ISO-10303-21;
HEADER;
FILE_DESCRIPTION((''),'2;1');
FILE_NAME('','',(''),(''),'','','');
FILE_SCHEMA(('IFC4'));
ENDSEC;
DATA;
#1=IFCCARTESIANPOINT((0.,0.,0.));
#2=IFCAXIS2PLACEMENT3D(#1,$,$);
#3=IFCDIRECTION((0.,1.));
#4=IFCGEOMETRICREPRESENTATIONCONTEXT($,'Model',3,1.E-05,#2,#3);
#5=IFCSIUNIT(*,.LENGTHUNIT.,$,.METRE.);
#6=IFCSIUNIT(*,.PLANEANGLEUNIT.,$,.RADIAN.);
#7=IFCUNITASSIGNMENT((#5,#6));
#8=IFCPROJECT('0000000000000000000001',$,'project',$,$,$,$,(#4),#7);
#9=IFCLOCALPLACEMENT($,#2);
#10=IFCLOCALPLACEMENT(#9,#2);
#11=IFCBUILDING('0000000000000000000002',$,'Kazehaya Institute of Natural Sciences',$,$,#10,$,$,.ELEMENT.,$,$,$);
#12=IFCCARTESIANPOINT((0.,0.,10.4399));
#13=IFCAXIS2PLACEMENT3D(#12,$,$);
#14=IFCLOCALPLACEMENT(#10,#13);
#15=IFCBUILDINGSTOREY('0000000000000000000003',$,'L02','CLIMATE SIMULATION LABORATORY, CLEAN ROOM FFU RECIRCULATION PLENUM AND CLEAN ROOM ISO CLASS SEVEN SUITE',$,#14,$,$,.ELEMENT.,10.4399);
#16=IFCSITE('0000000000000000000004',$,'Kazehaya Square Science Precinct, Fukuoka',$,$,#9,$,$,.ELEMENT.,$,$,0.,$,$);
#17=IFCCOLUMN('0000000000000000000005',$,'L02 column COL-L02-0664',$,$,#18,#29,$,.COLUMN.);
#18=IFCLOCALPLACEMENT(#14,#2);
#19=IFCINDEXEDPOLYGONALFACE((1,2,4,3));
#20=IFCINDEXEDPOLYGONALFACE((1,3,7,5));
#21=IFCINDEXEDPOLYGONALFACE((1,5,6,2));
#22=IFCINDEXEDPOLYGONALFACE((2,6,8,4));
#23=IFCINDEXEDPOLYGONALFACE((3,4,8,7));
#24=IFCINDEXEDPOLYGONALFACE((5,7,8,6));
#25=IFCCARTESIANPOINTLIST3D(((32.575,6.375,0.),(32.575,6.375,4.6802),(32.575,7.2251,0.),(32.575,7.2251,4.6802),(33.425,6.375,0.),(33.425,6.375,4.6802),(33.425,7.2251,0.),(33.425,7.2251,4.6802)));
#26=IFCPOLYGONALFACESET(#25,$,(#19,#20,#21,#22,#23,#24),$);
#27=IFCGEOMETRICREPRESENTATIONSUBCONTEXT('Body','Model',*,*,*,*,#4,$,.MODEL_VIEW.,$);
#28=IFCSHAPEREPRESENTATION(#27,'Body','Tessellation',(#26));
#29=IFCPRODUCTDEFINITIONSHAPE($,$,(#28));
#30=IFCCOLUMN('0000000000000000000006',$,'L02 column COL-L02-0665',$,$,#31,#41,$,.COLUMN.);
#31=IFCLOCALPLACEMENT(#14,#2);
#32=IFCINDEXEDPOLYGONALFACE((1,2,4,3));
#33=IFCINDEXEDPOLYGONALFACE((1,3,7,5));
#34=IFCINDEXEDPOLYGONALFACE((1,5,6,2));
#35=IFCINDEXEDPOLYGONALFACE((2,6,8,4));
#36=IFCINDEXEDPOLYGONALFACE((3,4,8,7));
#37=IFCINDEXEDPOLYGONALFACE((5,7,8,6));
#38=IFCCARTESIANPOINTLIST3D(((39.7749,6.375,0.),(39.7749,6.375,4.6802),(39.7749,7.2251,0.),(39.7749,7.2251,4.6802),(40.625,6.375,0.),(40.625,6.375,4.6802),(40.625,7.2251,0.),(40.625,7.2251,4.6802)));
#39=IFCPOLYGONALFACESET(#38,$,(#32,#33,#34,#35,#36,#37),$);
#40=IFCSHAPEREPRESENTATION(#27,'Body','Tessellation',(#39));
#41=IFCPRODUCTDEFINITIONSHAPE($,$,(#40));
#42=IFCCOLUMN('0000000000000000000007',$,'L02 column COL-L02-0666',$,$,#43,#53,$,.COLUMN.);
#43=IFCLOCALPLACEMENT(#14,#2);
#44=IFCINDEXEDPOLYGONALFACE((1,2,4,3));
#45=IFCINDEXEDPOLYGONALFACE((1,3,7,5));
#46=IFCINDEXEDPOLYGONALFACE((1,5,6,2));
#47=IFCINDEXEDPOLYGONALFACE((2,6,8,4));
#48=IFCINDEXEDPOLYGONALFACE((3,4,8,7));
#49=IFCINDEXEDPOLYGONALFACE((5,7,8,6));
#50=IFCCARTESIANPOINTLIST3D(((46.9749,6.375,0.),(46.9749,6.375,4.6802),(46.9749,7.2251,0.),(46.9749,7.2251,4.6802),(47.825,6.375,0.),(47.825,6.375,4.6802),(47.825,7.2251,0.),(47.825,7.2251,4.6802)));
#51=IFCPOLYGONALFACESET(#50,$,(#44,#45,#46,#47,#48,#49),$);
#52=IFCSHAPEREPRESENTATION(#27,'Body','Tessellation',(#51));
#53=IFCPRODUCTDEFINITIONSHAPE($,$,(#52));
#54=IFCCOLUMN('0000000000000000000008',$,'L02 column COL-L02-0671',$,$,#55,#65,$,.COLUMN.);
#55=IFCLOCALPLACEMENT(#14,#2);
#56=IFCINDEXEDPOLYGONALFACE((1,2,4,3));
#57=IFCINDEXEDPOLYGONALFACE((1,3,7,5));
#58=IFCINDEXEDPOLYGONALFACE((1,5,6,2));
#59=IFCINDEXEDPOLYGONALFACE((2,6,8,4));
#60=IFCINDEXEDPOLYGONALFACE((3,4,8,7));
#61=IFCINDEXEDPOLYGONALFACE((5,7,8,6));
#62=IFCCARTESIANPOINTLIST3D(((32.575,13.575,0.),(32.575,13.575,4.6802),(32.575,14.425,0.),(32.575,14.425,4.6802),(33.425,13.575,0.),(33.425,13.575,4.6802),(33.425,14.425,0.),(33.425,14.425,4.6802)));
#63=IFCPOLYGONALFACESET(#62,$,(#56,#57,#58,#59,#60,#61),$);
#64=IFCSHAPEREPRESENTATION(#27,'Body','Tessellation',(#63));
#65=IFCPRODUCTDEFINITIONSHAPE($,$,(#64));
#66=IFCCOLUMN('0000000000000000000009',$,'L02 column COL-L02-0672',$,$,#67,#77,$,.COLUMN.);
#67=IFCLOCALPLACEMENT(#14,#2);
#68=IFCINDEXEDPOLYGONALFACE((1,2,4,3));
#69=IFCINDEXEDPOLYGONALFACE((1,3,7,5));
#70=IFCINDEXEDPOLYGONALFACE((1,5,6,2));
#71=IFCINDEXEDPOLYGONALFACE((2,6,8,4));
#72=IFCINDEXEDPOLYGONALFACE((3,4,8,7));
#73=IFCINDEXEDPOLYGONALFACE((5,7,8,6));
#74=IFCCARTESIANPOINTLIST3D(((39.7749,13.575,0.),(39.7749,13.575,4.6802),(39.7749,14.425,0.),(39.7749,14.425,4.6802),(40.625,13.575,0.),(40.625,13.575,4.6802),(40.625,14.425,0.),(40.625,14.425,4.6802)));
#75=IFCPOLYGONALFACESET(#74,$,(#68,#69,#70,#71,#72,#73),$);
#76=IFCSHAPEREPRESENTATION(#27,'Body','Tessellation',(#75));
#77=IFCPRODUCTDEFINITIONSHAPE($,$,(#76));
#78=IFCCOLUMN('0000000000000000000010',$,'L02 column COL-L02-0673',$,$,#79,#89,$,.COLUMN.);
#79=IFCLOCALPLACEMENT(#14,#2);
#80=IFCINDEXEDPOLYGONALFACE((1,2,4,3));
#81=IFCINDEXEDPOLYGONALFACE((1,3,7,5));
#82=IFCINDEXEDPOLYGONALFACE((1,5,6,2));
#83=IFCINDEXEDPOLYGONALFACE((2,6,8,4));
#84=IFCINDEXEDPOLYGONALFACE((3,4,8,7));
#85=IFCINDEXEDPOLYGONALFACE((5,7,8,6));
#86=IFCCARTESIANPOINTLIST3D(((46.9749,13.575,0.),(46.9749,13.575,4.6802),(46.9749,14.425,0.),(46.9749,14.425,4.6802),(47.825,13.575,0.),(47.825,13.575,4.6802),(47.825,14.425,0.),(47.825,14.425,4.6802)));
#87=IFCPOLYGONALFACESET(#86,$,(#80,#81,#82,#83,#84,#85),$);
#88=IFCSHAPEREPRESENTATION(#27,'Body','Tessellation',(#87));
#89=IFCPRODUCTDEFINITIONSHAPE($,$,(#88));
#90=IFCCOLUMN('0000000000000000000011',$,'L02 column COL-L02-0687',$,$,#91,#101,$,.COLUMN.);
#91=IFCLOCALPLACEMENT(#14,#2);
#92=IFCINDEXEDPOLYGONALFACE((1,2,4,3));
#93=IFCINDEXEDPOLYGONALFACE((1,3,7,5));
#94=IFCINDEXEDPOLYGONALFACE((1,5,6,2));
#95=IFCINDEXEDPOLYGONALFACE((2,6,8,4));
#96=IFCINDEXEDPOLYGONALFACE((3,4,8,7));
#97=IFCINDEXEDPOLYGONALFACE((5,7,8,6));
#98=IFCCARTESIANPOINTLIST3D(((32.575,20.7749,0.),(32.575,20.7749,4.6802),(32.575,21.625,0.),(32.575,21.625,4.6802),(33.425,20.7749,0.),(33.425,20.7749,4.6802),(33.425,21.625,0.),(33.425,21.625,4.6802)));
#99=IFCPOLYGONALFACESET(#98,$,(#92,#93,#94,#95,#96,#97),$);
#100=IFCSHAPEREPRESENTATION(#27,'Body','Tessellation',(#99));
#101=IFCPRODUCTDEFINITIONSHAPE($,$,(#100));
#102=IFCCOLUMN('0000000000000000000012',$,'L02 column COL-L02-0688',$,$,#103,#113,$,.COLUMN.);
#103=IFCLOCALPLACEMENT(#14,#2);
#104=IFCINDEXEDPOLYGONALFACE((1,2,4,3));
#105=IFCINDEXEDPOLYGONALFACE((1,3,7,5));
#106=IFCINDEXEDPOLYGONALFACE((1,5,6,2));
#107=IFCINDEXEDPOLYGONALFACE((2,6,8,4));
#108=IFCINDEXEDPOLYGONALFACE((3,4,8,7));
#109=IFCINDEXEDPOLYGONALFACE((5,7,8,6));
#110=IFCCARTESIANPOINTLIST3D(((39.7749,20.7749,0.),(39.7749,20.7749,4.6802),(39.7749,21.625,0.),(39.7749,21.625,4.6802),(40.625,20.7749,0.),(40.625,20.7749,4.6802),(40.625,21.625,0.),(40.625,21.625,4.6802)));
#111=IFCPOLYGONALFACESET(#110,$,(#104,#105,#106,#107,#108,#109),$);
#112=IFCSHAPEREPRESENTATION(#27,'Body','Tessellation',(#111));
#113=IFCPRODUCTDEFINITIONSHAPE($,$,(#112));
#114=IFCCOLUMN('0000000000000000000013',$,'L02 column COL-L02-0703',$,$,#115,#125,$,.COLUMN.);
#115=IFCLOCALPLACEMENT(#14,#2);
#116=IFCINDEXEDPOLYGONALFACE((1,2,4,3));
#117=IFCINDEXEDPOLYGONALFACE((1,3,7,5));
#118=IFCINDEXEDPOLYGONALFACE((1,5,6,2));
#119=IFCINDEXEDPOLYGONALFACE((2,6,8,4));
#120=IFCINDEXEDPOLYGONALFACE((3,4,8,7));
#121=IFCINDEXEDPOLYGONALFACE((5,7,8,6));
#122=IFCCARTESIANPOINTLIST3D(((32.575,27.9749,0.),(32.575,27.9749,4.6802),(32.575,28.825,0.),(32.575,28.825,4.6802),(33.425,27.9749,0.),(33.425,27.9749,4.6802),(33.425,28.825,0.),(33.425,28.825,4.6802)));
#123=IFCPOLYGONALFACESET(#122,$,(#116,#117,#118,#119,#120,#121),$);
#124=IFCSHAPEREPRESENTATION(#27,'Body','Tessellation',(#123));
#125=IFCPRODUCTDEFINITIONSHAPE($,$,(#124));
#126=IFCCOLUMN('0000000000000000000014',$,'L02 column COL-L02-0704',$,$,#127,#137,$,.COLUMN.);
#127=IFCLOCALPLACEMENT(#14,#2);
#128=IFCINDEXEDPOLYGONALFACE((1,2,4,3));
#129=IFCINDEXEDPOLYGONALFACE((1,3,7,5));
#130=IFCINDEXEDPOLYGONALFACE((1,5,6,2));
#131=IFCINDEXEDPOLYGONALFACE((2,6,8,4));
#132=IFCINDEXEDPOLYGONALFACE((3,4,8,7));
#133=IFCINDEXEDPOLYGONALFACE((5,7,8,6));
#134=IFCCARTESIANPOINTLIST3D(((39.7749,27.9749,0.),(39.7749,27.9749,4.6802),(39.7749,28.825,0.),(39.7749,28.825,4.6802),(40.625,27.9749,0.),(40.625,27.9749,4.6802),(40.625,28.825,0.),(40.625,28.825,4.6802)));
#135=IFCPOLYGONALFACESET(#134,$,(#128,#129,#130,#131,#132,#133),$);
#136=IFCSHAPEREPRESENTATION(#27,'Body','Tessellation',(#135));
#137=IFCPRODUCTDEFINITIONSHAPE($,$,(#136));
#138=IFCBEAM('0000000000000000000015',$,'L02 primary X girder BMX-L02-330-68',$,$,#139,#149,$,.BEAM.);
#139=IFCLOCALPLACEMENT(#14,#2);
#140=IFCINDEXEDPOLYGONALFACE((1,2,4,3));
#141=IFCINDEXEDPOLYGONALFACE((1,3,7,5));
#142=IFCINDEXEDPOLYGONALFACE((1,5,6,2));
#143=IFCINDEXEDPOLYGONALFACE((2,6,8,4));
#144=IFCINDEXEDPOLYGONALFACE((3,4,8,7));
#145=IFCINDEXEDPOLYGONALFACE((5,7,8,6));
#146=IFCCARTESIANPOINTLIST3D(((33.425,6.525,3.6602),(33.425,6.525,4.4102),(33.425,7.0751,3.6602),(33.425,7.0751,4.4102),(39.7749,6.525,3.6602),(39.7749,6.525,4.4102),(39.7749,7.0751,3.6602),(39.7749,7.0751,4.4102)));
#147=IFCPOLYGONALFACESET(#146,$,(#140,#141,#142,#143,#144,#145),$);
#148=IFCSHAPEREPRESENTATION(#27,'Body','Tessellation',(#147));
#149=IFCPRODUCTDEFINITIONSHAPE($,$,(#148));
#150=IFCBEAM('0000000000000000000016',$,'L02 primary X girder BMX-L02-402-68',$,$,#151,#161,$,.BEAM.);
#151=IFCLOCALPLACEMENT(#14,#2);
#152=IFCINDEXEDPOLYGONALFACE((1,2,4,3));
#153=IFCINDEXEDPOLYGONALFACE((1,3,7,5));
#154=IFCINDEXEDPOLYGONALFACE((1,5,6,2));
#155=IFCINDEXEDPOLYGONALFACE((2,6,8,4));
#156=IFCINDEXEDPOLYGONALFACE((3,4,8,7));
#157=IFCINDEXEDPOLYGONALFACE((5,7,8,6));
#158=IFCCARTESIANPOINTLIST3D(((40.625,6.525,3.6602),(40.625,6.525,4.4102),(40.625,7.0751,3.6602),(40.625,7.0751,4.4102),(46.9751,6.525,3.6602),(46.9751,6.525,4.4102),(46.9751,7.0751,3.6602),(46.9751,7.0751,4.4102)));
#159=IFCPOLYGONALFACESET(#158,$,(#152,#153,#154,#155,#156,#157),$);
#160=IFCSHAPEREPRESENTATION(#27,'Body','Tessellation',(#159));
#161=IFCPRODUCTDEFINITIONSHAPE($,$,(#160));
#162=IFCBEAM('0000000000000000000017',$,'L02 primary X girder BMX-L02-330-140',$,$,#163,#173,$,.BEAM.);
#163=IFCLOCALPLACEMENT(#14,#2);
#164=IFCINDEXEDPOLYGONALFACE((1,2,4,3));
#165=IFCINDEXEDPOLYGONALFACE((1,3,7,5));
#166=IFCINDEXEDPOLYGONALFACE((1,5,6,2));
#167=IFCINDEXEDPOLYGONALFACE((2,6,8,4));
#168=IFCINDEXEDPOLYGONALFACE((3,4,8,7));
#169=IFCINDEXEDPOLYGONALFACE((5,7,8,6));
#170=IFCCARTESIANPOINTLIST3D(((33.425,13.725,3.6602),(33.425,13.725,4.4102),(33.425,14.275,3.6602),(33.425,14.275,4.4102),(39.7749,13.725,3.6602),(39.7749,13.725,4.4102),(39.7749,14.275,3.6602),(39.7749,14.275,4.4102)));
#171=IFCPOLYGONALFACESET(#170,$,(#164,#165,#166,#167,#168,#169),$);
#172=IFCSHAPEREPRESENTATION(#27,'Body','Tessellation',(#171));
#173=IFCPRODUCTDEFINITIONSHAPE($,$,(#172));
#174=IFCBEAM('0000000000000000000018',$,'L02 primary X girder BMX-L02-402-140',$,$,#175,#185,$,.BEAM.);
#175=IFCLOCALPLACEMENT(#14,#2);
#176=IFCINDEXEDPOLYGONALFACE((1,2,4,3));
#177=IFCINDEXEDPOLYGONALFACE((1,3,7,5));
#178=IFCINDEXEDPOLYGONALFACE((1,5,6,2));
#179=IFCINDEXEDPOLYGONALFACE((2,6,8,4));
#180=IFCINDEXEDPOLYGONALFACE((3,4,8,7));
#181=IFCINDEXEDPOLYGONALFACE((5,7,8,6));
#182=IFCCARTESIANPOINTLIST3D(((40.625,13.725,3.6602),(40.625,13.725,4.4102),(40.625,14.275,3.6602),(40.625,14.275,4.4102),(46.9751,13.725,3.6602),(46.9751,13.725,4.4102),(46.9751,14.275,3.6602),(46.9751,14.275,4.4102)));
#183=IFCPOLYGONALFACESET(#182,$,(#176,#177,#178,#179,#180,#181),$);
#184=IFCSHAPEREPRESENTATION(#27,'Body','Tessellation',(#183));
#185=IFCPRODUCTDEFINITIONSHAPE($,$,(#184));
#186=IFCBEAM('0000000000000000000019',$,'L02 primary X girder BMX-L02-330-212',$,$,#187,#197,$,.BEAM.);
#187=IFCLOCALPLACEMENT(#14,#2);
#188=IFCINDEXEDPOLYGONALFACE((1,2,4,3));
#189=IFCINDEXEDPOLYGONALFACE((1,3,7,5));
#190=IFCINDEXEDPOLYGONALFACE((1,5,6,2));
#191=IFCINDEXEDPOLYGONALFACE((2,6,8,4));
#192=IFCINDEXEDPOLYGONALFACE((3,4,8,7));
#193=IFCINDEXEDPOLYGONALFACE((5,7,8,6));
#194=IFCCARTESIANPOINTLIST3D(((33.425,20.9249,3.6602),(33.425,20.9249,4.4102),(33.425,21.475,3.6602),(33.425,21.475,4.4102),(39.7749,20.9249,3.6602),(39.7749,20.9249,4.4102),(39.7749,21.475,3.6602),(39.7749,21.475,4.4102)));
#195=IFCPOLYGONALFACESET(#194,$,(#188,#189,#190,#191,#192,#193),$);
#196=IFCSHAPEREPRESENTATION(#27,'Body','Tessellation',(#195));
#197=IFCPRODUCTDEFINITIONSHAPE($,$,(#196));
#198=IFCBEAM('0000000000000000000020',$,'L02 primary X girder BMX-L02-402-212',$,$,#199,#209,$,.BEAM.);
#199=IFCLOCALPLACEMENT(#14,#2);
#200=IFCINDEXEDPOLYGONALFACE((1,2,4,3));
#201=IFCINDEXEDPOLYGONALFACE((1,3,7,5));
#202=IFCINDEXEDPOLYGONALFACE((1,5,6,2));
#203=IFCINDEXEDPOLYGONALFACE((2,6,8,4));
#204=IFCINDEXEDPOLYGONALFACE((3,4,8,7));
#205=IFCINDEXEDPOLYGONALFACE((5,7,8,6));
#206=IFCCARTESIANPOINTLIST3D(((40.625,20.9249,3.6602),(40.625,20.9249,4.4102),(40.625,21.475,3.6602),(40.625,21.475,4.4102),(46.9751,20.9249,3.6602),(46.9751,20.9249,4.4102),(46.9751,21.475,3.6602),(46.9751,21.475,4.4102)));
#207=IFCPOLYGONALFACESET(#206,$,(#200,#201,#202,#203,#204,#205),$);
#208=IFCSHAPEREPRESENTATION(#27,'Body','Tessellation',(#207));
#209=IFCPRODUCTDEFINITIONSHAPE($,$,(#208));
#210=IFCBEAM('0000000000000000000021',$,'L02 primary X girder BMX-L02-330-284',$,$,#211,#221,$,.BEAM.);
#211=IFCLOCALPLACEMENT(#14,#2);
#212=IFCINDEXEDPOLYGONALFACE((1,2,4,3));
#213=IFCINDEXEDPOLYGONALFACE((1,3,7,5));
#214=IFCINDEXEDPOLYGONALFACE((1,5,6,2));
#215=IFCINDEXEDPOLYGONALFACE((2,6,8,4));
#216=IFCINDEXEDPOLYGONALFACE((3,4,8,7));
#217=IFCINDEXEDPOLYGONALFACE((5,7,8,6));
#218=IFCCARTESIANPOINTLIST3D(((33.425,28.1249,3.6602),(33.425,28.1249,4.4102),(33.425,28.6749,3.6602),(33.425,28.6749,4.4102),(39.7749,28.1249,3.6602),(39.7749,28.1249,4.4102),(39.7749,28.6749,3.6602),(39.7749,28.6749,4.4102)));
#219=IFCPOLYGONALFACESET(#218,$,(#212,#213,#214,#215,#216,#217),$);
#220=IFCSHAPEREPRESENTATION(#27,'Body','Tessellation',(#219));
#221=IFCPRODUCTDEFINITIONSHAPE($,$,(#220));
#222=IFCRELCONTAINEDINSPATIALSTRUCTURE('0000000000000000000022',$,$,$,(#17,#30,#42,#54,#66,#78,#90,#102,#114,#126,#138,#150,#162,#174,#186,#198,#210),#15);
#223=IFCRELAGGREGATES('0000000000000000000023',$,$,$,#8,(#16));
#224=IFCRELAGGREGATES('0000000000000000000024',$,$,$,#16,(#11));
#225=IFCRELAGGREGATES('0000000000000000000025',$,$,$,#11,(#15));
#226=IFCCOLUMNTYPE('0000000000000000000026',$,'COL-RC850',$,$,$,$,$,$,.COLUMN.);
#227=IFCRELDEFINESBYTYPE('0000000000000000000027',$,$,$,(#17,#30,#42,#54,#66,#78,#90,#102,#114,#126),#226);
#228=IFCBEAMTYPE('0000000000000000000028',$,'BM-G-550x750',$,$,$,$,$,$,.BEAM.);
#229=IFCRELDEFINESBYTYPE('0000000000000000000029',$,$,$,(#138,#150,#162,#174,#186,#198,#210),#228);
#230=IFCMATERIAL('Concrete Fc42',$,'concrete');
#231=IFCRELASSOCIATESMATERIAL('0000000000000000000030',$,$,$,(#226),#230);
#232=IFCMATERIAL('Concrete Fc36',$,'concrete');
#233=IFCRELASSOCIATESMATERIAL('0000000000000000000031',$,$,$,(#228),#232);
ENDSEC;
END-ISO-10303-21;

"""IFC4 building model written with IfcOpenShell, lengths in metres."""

from ifc_helpers import new_model, si_unit, direction, frame, origin, origin_2d, place, context, subcontext, project, spatial, rectangle, extrude, material, material_profile, profile_set, type_object, element, save


model = new_model("IFC4")

# Units and contexts
model_context = context("Model", 3, precision=1e-05, world=origin(), true_north=direction((0.0, 1.0)))
body_context = subcontext(model_context, "Body", "Model", "MODEL_VIEW")
ifc_project = project(units=[si_unit("LENGTHUNIT", "METRE"), si_unit("PLANEANGLEUNIT", "RADIAN")], contexts=[model_context])

# Site, building, storey
site_placement = place(None, origin())
site = spatial("IfcSite", under=ifc_project, at=site_placement, Name="Kazehaya Square Science Precinct, Fukuoka", CompositionType="ELEMENT", RefElevation=0.0)
building_placement = place(site_placement, origin())
building = spatial("IfcBuilding", under=site, at=building_placement, Name="Kazehaya Institute of Natural Sciences", CompositionType="ELEMENT")
storey_placement = place(building_placement, frame((0.0, 0.0, 10.4399)))
storey = spatial("IfcBuildingStorey", under=building, at=storey_placement, Name="L02", Description="CLIMATE SIMULATION LABORATORY, CLEAN ROOM FFU RECIRCULATION PLENUM AND CLEAN ROOM ISO CLASS SEVEN SUITE", CompositionType="ELEMENT", Elevation=10.4399)

# Columns
ifc_material_1 = material(Name="Concrete Fc42", Category="concrete")
ifc_material_profile_1 = material_profile(ifc_material_1, rectangle(XDim=0.8501, YDim=0.8501, at=origin_2d()), Name="RC-850x850")
ifc_profile_set_1 = profile_set([ifc_material_profile_1], Name="Concrete Fc42")
column_type = type_object("IfcColumnType", Name="COL-RC850", PredefinedType="COLUMN", material=ifc_profile_set_1)
for number, where, z_axis, x_axis, name in (
    (1, (33.0, 6.8, 0.0), (0.0, 0.0, 1.0), (1.0, 0.0, 0.0), "L02 column COL-L02-0664"),
    (2, (40.2, 6.8, 0.0), (0.0, 0.0, 1.0), (1.0, 0.0, 0.0), "L02 column COL-L02-0665"),
    (3, (47.3999, 6.8, 0.0), (0.0, 0.0, 1.0), (1.0, 0.0, 0.0), "L02 column COL-L02-0666"),
    (4, (33.0, 14.0, 0.0), (0.0, 0.0, 1.0), (1.0, 0.0, 0.0), "L02 column COL-L02-0671"),
    (5, (40.2, 14.0, 0.0), (0.0, 0.0, 1.0), (1.0, 0.0, 0.0), "L02 column COL-L02-0672"),
    (6, (47.3999, 14.0, 0.0), (0.0, 0.0, 1.0), (1.0, 0.0, 0.0), "L02 column COL-L02-0673"),
    (7, (33.0, 21.2, 0.0), (0.0, 0.0, 1.0), (1.0, 0.0, 0.0), "L02 column COL-L02-0687"),
    (8, (40.2, 21.2, 0.0), (0.0, 0.0, 1.0), (1.0, 0.0, 0.0), "L02 column COL-L02-0688"),
    (9, (33.0, 28.3999, 0.0), (0.0, 0.0, 1.0), (1.0, 0.0, 0.0), "L02 column COL-L02-0703"),
    (10, (40.2, 28.3999, 0.0), (0.0, 0.0, 1.0), (1.0, 0.0, 0.0), "L02 column COL-L02-0704"),
):
    element("IfcColumn", number, at=place(storey_placement, frame(where, z_axis=z_axis, x_axis=x_axis)), inside=storey, type_object=column_type, Name=name, PredefinedType="COLUMN", context=body_context, shape_type="SweptSolid", body=[
        extrude(rectangle(XDim=0.8501, YDim=0.8501, at=origin_2d()), origin(), (0.0, 0.0, 1.0), 4.6802),
    ])

# Beams
ifc_material_2 = material(Name="Concrete Fc36", Category="concrete")
ifc_material_profile_2 = material_profile(ifc_material_2, rectangle(XDim=0.55, YDim=0.75, at=origin_2d()), Name="RC-550x750")
ifc_profile_set_2 = profile_set([ifc_material_profile_2], Name="Concrete Fc36")
beam_type = type_object("IfcBeamType", Name="BM-G-550x750", PredefinedType="BEAM", material=ifc_profile_set_2)
beam_1_placement = place(storey_placement, frame((33.425, 6.8, 4.0352), z_axis=(1.0, 0.0, 0.0), x_axis=(0.0, 1.0, 0.0)))
element("IfcBeam", 11, at=beam_1_placement, inside=storey, type_object=beam_type, Name="L02 primary X girder BMX-L02-330-68", PredefinedType="BEAM", context=body_context, shape_type="SweptSolid", body=[
    extrude(rectangle(XDim=0.55, YDim=0.75, at=origin_2d()), origin(), (0.0, 0.0, 1.0), 6.3499),
])
beam_2_placement = place(storey_placement, frame((40.625, 6.8, 4.0352), z_axis=(1.0, 0.0, 0.0), x_axis=(0.0, 1.0, 0.0)))
element("IfcBeam", 12, at=beam_2_placement, inside=storey, type_object=beam_type, Name="L02 primary X girder BMX-L02-402-68", PredefinedType="BEAM", context=body_context, shape_type="SweptSolid", body=[
    extrude(rectangle(XDim=0.55, YDim=0.75, at=origin_2d()), origin(), (0.0, 0.0, 1.0), 6.3501),
])
beam_3_placement = place(storey_placement, frame((33.425, 14.0, 4.0352), z_axis=(1.0, 0.0, 0.0), x_axis=(0.0, 1.0, 0.0)))
element("IfcBeam", 13, at=beam_3_placement, inside=storey, type_object=beam_type, Name="L02 primary X girder BMX-L02-330-140", PredefinedType="BEAM", context=body_context, shape_type="SweptSolid", body=[
    extrude(rectangle(XDim=0.55, YDim=0.75, at=origin_2d()), origin(), (0.0, 0.0, 1.0), 6.3499),
])
beam_4_placement = place(storey_placement, frame((40.625, 14.0, 4.0352), z_axis=(1.0, 0.0, 0.0), x_axis=(0.0, 1.0, 0.0)))
element("IfcBeam", 14, at=beam_4_placement, inside=storey, type_object=beam_type, Name="L02 primary X girder BMX-L02-402-140", PredefinedType="BEAM", context=body_context, shape_type="SweptSolid", body=[
    extrude(rectangle(XDim=0.55, YDim=0.75, at=origin_2d()), origin(), (0.0, 0.0, 1.0), 6.3501),
])
beam_5_placement = place(storey_placement, frame((33.425, 21.2, 4.0352), z_axis=(1.0, 0.0, 0.0), x_axis=(0.0, 1.0, 0.0)))
element("IfcBeam", 15, at=beam_5_placement, inside=storey, type_object=beam_type, Name="L02 primary X girder BMX-L02-330-212", PredefinedType="BEAM", context=body_context, shape_type="SweptSolid", body=[
    extrude(rectangle(XDim=0.55, YDim=0.75, at=origin_2d()), origin(), (0.0, 0.0, 1.0), 6.3499),
])
beam_6_placement = place(storey_placement, frame((40.625, 21.2, 4.0352), z_axis=(1.0, 0.0, 0.0), x_axis=(0.0, 1.0, 0.0)))
element("IfcBeam", 16, at=beam_6_placement, inside=storey, type_object=beam_type, Name="L02 primary X girder BMX-L02-402-212", PredefinedType="BEAM", context=body_context, shape_type="SweptSolid", body=[
    extrude(rectangle(XDim=0.55, YDim=0.75, at=origin_2d()), origin(), (0.0, 0.0, 1.0), 6.3501),
])
beam_7_placement = place(storey_placement, frame((33.425, 28.3999, 4.0352), z_axis=(1.0, 0.0, 0.0), x_axis=(0.0, 1.0, 0.0)))
element("IfcBeam", 17, at=beam_7_placement, inside=storey, type_object=beam_type, Name="L02 primary X girder BMX-L02-330-284", PredefinedType="BEAM", context=body_context, shape_type="SweptSolid", body=[
    extrude(rectangle(XDim=0.55, YDim=0.75, at=origin_2d()), origin(), (0.0, 0.0, 1.0), 6.3499),
])

save(model, "model.ifc")
